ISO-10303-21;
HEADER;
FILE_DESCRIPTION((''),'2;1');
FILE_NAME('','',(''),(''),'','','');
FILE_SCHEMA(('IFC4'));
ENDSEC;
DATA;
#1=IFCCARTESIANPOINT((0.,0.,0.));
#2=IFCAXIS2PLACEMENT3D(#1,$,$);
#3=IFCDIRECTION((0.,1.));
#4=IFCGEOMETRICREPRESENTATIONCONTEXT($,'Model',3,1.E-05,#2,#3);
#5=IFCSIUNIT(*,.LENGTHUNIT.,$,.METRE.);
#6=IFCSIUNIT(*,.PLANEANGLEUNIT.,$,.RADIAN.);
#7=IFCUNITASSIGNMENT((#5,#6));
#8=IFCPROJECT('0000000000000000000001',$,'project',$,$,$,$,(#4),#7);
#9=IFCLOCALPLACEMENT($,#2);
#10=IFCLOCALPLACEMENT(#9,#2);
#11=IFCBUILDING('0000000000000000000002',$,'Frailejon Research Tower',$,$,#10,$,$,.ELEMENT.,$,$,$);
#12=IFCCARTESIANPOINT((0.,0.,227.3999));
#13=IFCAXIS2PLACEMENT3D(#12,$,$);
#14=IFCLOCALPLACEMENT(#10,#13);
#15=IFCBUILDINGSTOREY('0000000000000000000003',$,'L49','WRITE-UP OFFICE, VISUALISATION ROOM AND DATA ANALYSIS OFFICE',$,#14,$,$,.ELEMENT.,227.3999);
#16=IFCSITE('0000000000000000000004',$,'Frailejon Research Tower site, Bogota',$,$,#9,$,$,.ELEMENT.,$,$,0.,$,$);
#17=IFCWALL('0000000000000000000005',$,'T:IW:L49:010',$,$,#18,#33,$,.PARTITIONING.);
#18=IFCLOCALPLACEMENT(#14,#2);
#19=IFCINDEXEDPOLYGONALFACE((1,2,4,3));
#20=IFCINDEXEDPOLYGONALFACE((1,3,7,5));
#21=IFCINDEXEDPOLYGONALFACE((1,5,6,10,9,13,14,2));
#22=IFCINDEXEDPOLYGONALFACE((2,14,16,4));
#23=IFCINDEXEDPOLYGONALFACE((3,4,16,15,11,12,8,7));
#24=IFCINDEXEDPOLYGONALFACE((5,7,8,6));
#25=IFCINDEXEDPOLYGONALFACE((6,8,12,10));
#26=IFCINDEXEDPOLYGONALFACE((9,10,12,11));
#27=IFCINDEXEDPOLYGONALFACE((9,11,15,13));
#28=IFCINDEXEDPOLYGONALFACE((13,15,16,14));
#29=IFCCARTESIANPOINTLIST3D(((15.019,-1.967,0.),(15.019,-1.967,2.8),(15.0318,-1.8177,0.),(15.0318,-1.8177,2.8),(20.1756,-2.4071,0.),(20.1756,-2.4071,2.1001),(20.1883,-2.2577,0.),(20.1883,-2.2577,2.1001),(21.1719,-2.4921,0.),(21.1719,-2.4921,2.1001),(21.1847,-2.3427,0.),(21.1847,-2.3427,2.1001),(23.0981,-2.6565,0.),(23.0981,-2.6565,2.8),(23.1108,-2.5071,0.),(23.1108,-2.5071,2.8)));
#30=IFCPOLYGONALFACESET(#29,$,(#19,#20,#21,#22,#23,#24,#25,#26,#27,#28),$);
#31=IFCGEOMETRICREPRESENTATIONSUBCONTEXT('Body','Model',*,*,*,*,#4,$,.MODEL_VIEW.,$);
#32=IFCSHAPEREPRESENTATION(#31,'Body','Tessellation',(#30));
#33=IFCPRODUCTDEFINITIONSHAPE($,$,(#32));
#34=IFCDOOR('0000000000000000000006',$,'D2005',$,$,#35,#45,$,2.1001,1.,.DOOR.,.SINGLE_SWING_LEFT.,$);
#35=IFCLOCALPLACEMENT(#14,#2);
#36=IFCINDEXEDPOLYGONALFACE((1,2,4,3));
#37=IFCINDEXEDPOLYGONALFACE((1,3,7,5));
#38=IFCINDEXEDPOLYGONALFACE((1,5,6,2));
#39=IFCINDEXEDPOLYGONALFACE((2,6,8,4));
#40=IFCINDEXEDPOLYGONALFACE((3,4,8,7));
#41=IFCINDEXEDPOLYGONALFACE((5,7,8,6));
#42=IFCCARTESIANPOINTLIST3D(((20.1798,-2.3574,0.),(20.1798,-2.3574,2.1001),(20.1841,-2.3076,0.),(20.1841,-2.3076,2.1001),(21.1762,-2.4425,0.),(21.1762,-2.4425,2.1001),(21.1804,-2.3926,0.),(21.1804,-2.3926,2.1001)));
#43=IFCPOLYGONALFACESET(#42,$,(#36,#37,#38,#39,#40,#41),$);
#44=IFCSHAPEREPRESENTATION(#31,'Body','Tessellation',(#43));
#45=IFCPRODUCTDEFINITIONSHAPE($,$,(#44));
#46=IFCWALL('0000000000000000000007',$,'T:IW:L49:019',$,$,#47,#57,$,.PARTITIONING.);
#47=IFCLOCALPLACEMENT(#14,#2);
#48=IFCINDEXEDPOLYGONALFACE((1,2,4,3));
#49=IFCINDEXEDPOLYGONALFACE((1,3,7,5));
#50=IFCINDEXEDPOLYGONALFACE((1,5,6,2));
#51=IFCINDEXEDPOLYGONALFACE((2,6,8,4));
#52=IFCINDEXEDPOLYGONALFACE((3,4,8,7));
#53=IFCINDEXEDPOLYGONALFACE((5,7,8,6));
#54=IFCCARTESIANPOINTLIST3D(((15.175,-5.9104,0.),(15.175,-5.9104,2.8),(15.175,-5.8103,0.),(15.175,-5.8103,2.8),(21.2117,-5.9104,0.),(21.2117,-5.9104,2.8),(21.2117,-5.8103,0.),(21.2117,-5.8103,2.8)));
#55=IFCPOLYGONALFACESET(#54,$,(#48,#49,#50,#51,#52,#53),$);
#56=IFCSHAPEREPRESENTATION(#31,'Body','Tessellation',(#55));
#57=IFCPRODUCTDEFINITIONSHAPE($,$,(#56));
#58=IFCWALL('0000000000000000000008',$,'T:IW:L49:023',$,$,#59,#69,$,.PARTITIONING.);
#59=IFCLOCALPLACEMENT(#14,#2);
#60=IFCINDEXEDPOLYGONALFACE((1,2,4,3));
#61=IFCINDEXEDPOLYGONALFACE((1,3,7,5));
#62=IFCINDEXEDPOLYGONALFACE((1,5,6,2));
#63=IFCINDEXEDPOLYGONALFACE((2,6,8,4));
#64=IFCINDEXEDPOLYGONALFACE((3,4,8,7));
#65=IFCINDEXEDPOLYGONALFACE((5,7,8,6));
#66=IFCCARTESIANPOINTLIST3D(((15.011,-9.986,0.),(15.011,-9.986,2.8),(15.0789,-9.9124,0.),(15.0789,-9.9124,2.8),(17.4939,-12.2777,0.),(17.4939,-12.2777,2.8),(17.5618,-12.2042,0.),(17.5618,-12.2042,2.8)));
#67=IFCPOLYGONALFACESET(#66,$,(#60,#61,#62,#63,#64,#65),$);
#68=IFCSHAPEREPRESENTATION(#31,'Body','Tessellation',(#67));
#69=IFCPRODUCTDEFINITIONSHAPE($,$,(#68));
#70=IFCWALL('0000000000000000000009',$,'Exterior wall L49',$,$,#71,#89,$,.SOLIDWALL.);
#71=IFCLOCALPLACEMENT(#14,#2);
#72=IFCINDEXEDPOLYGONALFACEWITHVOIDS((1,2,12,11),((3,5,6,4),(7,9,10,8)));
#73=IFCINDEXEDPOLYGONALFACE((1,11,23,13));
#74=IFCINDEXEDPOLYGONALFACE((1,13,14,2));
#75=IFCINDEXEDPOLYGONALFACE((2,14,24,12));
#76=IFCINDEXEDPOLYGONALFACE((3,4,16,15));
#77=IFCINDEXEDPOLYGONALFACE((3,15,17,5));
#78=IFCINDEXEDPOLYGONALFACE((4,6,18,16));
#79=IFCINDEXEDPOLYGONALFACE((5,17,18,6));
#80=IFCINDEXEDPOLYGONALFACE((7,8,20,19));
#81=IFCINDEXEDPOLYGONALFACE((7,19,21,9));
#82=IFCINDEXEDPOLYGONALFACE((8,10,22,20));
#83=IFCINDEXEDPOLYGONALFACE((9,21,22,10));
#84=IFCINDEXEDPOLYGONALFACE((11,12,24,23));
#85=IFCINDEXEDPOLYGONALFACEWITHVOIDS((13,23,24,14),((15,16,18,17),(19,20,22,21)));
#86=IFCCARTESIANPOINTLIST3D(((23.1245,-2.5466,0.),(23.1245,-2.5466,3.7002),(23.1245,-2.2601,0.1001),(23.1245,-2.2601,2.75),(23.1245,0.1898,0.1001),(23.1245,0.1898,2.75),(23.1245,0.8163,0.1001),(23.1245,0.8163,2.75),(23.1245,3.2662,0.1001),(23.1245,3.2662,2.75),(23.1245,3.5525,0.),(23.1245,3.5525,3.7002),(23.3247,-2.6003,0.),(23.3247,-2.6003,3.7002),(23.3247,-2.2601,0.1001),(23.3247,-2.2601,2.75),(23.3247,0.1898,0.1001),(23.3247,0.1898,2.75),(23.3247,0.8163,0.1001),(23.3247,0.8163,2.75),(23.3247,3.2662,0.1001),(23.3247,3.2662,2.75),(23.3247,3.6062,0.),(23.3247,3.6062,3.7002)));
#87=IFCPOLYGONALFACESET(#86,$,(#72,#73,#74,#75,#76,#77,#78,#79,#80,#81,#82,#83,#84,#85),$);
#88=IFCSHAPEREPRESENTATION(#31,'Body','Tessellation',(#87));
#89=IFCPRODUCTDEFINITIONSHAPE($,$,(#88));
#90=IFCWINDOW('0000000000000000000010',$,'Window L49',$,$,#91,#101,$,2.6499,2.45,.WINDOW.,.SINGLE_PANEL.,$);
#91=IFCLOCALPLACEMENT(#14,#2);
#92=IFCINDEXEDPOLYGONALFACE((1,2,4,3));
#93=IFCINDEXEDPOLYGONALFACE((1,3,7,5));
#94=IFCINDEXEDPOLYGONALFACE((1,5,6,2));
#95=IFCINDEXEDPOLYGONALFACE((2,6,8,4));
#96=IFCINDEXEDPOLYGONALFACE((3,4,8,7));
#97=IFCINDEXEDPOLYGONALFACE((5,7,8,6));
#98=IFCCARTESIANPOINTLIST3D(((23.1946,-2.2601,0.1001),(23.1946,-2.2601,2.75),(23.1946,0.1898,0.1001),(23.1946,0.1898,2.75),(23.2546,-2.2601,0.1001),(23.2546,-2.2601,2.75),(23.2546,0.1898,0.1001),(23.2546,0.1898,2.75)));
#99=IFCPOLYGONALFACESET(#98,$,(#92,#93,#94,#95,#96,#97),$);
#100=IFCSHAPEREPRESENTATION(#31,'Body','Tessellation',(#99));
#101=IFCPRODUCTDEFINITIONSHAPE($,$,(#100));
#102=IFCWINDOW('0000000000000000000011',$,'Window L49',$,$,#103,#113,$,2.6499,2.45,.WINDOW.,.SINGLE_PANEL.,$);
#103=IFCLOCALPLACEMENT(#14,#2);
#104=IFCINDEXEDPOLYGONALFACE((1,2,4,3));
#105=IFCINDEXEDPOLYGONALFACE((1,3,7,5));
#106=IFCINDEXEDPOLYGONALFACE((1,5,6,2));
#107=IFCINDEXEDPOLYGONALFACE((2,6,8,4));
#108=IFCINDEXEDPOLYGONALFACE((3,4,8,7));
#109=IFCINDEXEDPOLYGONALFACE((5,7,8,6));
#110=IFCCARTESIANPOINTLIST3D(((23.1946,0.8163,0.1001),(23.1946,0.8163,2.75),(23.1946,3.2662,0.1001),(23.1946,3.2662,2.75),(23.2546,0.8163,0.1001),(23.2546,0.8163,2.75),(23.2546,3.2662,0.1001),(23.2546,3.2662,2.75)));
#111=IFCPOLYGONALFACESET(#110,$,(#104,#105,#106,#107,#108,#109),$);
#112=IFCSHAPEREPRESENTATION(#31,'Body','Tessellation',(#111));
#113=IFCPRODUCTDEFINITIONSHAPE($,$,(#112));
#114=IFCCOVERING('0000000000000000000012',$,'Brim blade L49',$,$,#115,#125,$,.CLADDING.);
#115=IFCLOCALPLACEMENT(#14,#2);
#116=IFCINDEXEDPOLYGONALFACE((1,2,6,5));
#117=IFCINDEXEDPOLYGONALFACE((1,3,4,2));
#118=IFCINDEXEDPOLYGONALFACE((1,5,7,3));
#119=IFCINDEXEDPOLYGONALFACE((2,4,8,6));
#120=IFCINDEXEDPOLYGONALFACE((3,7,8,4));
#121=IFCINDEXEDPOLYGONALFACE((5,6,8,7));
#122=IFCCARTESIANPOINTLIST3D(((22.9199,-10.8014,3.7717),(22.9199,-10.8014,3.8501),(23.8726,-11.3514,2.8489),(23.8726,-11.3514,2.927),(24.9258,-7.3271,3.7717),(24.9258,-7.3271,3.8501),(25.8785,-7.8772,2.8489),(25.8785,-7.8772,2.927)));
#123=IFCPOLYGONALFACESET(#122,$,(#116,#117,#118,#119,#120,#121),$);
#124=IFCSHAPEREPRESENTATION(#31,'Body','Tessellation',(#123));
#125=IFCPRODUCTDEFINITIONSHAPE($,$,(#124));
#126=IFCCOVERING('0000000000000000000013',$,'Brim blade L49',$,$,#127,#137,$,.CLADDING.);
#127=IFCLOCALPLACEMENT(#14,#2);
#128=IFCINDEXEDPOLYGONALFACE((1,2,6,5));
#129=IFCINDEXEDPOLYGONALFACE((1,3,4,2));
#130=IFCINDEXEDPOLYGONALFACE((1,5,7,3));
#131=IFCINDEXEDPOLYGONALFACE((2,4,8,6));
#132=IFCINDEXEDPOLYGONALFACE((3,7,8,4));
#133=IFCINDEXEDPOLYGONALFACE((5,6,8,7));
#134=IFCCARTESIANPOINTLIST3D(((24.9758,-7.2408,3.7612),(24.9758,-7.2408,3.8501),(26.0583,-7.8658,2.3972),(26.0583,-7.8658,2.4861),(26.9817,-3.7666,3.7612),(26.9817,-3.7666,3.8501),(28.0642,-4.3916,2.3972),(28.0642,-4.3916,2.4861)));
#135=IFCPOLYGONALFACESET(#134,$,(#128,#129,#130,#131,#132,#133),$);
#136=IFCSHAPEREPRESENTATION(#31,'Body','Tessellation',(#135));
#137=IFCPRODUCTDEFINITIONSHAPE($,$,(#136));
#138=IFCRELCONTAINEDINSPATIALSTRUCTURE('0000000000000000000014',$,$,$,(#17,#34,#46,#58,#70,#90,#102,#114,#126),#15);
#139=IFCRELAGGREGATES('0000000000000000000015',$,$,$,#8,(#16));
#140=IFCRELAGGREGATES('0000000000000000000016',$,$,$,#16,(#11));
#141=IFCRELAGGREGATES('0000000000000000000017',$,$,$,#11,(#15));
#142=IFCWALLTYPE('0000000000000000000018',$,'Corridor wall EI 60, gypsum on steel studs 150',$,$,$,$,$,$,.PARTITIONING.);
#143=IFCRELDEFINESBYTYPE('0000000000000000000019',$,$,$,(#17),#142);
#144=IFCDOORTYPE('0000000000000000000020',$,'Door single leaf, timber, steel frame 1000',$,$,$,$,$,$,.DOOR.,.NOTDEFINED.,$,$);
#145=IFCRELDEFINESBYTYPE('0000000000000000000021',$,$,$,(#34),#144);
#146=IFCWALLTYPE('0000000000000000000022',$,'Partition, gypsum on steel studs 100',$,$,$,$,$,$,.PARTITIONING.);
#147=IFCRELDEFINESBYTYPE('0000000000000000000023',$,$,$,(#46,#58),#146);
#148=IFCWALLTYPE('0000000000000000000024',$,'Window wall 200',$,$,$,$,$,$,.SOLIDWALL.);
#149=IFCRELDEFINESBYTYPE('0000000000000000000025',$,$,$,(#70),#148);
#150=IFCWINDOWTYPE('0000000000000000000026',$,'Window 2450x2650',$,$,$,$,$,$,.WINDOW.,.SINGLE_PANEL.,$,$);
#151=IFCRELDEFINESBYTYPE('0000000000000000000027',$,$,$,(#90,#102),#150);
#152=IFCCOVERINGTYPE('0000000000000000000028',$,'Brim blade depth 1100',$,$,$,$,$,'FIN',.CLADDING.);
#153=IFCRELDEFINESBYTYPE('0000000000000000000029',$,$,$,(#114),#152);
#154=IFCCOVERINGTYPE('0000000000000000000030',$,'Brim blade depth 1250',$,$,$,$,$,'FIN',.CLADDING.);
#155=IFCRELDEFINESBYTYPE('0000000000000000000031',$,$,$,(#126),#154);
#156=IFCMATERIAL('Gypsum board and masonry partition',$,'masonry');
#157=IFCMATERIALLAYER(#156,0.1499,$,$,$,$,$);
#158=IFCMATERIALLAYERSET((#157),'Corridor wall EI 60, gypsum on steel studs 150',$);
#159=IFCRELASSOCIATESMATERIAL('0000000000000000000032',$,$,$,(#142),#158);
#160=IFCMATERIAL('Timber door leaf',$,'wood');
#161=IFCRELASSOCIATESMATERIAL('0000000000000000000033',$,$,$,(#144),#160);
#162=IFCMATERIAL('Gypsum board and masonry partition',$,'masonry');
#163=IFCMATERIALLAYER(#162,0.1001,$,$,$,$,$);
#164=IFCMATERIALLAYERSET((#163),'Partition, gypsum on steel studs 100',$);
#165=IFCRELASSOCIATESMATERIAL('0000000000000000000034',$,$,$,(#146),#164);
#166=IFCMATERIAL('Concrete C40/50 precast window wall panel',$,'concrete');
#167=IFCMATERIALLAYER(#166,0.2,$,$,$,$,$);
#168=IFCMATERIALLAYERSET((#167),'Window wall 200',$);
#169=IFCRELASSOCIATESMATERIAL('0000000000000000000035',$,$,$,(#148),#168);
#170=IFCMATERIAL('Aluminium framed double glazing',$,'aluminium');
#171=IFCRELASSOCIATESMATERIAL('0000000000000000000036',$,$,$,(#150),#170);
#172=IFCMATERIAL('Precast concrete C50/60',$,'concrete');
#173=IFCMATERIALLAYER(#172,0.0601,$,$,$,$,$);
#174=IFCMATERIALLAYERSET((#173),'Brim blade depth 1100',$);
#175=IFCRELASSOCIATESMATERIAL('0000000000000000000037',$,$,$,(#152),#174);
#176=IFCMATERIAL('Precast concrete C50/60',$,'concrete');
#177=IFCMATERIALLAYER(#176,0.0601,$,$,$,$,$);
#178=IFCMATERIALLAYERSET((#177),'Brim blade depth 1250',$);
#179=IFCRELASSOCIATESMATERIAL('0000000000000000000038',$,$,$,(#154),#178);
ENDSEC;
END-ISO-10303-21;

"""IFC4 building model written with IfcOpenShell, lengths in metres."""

from ifc_helpers import new_model, si_unit, direction, frame, frame_2d, origin, place, context, subcontext, project, spatial, polyline, rectangle, outline, extrude, material, layer, layer_set, type_object, element, fill, save


model = new_model("IFC4")

# Units and contexts
model_context = context("Model", 3, precision=1e-05, world=origin(), true_north=direction((0.0, 1.0)))
body_context = subcontext(model_context, "Body", "Model", "MODEL_VIEW")
ifc_project = project(units=[si_unit("LENGTHUNIT", "METRE"), si_unit("PLANEANGLEUNIT", "RADIAN")], contexts=[model_context])

# Site, building, storey
site_placement = place(None, origin())
site = spatial("IfcSite", under=ifc_project, at=site_placement, Name="Frailejon Research Tower site, Bogota", CompositionType="ELEMENT", RefElevation=0.0)
building_placement = place(site_placement, origin())
building = spatial("IfcBuilding", under=site, at=building_placement, Name="Frailejon Research Tower", CompositionType="ELEMENT")
storey_placement = place(building_placement, frame((0.0, 0.0, 227.3999)))
storey = spatial("IfcBuildingStorey", under=building, at=storey_placement, Name="L49", Description="WRITE-UP OFFICE, VISUALISATION ROOM AND DATA ANALYSIS OFFICE", CompositionType="ELEMENT", Elevation=227.3999)

# Shared definitions
ifc_material_1 = material(Name="Gypsum board and masonry partition", Category="masonry")
ifc_layer_1 = layer(ifc_material_1, 0.1499)
ifc_layer_set_1 = layer_set([ifc_layer_1], Name="Corridor wall EI 60, gypsum on steel studs 150")
wall_type_1 = type_object("IfcWallType", Name="Corridor wall EI 60, gypsum on steel studs 150", PredefinedType="PARTITIONING", material=ifc_layer_set_1)
ifc_material_2 = material(Name="Timber door leaf", Category="wood")
door_type = type_object("IfcDoorType", Name="Door single leaf, timber, steel frame 1000", OperationType="NOTDEFINED", PredefinedType="DOOR", material=ifc_material_2)

# Wall, opening, door
wall_1_placement = place(storey_placement, frame((15.0254, -1.8923, 0.0), z_axis=(0.0, 0.0, 1.0), x_axis=(0.996378, -0.085029, 0.0)))
wall_1 = element("IfcWall", 1, at=wall_1_placement, inside=storey, type_object=wall_type_1, Name="T:IW:L49:010", PredefinedType="PARTITIONING", context=body_context, shape_type="SweptSolid", body=[
    extrude(rectangle(XDim=8.1084, YDim=0.1499, at=frame_2d((4.0542, 0.0))), origin(), (0.0, 0.0, 1.0), 2.8),
])
opening_1_placement = place(wall_1_placement, frame((5.1753, 0.0, 0.0)))
opening_1 = element("IfcOpeningElement", 2, at=opening_1_placement, cuts=wall_1, PredefinedType="OPENING", context=body_context, shape_type="SweptSolid", body=[
    extrude(rectangle(XDim=1.0, YDim=2.1001, at=frame_2d((0.5, 1.05))), frame((0.0, 0.085, 0.0), z_axis=(0.0, -1.0, 0.0), x_axis=(1.0, 0.0, 0.0)), (0.0, 0.0, 1.0), 0.1699),
])
door_1_placement = place(opening_1_placement, origin())
door_1 = element("IfcDoor", 3, at=door_1_placement, inside=storey, type_object=door_type, Name="D2005", OperationType="SINGLE_SWING_LEFT", OverallHeight=2.1001, OverallWidth=1.0, PredefinedType="DOOR", context=body_context, shape_type="SweptSolid", body=[
    extrude(rectangle(XDim=1.0, YDim=2.1001, at=frame_2d((0.5, 1.05))), frame((0.0, 0.0249, 0.0), z_axis=(0.0, -1.0, 0.0), x_axis=(1.0, 0.0, 0.0)), (0.0, 0.0, 1.0), 0.05),
])
fill(opening_1, door_1)

# Walls
ifc_material_3 = material(Name="Gypsum board and masonry partition", Category="masonry")
ifc_layer_2 = layer(ifc_material_3, 0.1001)
ifc_layer_set_2 = layer_set([ifc_layer_2], Name="Partition, gypsum on steel studs 100")
wall_type_2 = type_object("IfcWallType", Name="Partition, gypsum on steel studs 100", PredefinedType="PARTITIONING", material=ifc_layer_set_2)
wall_2_placement = place(storey_placement, frame((15.175, -5.8604, 0.0), z_axis=(0.0, 0.0, 1.0), x_axis=(1.0, 0.0, 0.0)))
element("IfcWall", 4, at=wall_2_placement, inside=storey, type_object=wall_type_2, Name="T:IW:L49:019", PredefinedType="PARTITIONING", context=body_context, shape_type="SweptSolid", body=[
    extrude(rectangle(XDim=6.0366, YDim=0.1001, at=frame_2d((3.0183, 0.0))), origin(), (0.0, 0.0, 1.0), 2.8),
])
wall_3_placement = place(storey_placement, frame((15.0449, -9.9492, 0.0), z_axis=(0.0, 0.0, 1.0), x_axis=(0.734828, -0.678253, 0.0)))
element("IfcWall", 5, at=wall_3_placement, inside=storey, type_object=wall_type_2, Name="T:IW:L49:023", PredefinedType="PARTITIONING", context=body_context, shape_type="SweptSolid", body=[
    extrude(rectangle(XDim=3.3789, YDim=0.1001, at=frame_2d((1.6895, 0.0))), origin(), (0.0, 0.0, 1.0), 2.8),
])

# Wall, openings, windows
ifc_material_4 = material(Name="Concrete C40/50 precast window wall panel", Category="concrete")
ifc_layer_3 = layer(ifc_material_4, 0.2)
ifc_layer_set_3 = layer_set([ifc_layer_3], Name="Window wall 200")
wall_type_3 = type_object("IfcWallType", Name="Window wall 200", PredefinedType="SOLIDWALL", material=ifc_layer_set_3)
wall_4_placement = place(storey_placement, frame((23.2246, -2.5735, 0.0), z_axis=(0.0, 0.0, 1.0), x_axis=(0.0, 1.0, 0.0)))
wall_4 = element("IfcWall", 6, at=wall_4_placement, inside=storey, type_object=wall_type_3, Name="Exterior wall L49", PredefinedType="SOLIDWALL", context=body_context, shape_type="SweptSolid", body=[
    extrude(outline(polyline([(-0.0269, -0.1001), (1.0076, -0.1001), (2.042, -0.1001), (3.0764, -0.1001), (4.1108, -0.1001), (5.1453, -0.1001), (6.1797, -0.1001), (6.126, 0.1001), (5.1094, 0.1001), (4.093, 0.1001), (3.0764, 0.1001), (2.0598, 0.1001), (1.0435, 0.1001), (0.0269, 0.1001), (-0.0269, -0.1001)])), origin(), (0.0, 0.0, 1.0), 3.7002),
])
opening_2_placement = place(wall_4_placement, frame((0.3132, 0.0, 0.1001)))
opening_2 = element("IfcOpeningElement", 7, at=opening_2_placement, cuts=wall_4, PredefinedType="OPENING", context=body_context, shape_type="SweptSolid", body=[
    extrude(rectangle(XDim=2.45, YDim=2.6499, at=frame_2d((1.2251, 1.325))), frame((0.0, 0.1099, 0.0), z_axis=(0.0, -1.0, 0.0), x_axis=(1.0, 0.0, 0.0)), (0.0, 0.0, 1.0), 0.22),
])
opening_3_placement = place(wall_4_placement, frame((3.3896, 0.0, 0.1001)))
opening_3 = element("IfcOpeningElement", 8, at=opening_3_placement, cuts=wall_4, PredefinedType="OPENING", context=body_context, shape_type="SweptSolid", body=[
    extrude(rectangle(XDim=2.45, YDim=2.6499, at=frame_2d((1.2251, 1.325))), frame((0.0, 0.1099, 0.0), z_axis=(0.0, -1.0, 0.0), x_axis=(1.0, 0.0, 0.0)), (0.0, 0.0, 1.0), 0.22),
])
ifc_material_5 = material(Name="Aluminium framed double glazing", Category="aluminium")
window_type = type_object("IfcWindowType", Name="Window 2450x2650", PartitioningType="SINGLE_PANEL", PredefinedType="WINDOW", material=ifc_material_5)
window_1_placement = place(opening_2_placement, origin())
window_1 = element("IfcWindow", 9, at=window_1_placement, inside=storey, type_object=window_type, Name="Window L49", OverallHeight=2.6499, OverallWidth=2.45, PartitioningType="SINGLE_PANEL", PredefinedType="WINDOW", context=body_context, shape_type="SweptSolid", body=[
    extrude(rectangle(XDim=2.45, YDim=2.6499, at=frame_2d((1.2251, 1.325))), frame((0.0, 0.03, 0.0), z_axis=(0.0, -1.0, 0.0), x_axis=(1.0, 0.0, 0.0)), (0.0, 0.0, 1.0), 0.0601),
])
fill(opening_2, window_1)
window_2_placement = place(opening_3_placement, origin())
window_2 = element("IfcWindow", 10, at=window_2_placement, inside=storey, type_object=window_type, Name="Window L49", OverallHeight=2.6499, OverallWidth=2.45, PartitioningType="SINGLE_PANEL", PredefinedType="WINDOW", context=body_context, shape_type="SweptSolid", body=[
    extrude(rectangle(XDim=2.45, YDim=2.6499, at=frame_2d((1.2251, 1.325))), frame((0.0, 0.03, 0.0), z_axis=(0.0, -1.0, 0.0), x_axis=(1.0, 0.0, 0.0)), (0.0, 0.0, 1.0), 0.0601),
])
fill(opening_3, window_2)

# Coverings
ifc_material_6 = material(Name="Precast concrete C50/60", Category="concrete")
ifc_layer_4 = layer(ifc_material_6, 0.0601)
ifc_layer_set_4 = layer_set([ifc_layer_4], Name="Brim blade depth 1100")
covering_type_1 = type_object("IfcCoveringType", Name="Brim blade depth 1100", ElementType="FIN", PredefinedType="CLADDING", material=ifc_layer_set_4)
covering_1_placement = place(storey_placement, frame((24.9258, -7.3271, 3.8501), z_axis=(-0.500005, -0.866022, 0.0), x_axis=(0.866022, -0.500005, 0.0)))
element("IfcCovering", 11, at=covering_1_placement, inside=storey, type_object=covering_type_1, Name="Brim blade L49", PredefinedType="CLADDING", context=body_context, shape_type="SweptSolid", body=[
    extrude(outline(polyline([(0.0, -0.0784), (1.1001, -1.0012), (1.1001, -0.9231), (0.0, 0.0), (0.0, -0.0784)])), origin(), (0.0, 0.0, 1.0), 4.0117),
])
ifc_material_7 = material(Name="Precast concrete C50/60", Category="concrete")
ifc_layer_5 = layer(ifc_material_7, 0.0601)
ifc_layer_set_5 = layer_set([ifc_layer_5], Name="Brim blade depth 1250")
covering_type_2 = type_object("IfcCoveringType", Name="Brim blade depth 1250", ElementType="FIN", PredefinedType="CLADDING", material=ifc_layer_set_5)
covering_2_placement = place(storey_placement, frame((26.9817, -3.7666, 3.8501), z_axis=(-0.500005, -0.866022, 0.0), x_axis=(0.866022, -0.500005, 0.0)))
element("IfcCovering", 12, at=covering_2_placement, inside=storey, type_object=covering_type_2, Name="Brim blade L49", PredefinedType="CLADDING", context=body_context, shape_type="SweptSolid", body=[
    extrude(outline(polyline([(0.0, -0.0889), (1.25, -1.4529), (1.25, -1.364), (0.0, 0.0), (0.0, -0.0889)])), origin(), (0.0, 0.0, 1.0), 4.0117),
])

save(model, "model.ifc")
